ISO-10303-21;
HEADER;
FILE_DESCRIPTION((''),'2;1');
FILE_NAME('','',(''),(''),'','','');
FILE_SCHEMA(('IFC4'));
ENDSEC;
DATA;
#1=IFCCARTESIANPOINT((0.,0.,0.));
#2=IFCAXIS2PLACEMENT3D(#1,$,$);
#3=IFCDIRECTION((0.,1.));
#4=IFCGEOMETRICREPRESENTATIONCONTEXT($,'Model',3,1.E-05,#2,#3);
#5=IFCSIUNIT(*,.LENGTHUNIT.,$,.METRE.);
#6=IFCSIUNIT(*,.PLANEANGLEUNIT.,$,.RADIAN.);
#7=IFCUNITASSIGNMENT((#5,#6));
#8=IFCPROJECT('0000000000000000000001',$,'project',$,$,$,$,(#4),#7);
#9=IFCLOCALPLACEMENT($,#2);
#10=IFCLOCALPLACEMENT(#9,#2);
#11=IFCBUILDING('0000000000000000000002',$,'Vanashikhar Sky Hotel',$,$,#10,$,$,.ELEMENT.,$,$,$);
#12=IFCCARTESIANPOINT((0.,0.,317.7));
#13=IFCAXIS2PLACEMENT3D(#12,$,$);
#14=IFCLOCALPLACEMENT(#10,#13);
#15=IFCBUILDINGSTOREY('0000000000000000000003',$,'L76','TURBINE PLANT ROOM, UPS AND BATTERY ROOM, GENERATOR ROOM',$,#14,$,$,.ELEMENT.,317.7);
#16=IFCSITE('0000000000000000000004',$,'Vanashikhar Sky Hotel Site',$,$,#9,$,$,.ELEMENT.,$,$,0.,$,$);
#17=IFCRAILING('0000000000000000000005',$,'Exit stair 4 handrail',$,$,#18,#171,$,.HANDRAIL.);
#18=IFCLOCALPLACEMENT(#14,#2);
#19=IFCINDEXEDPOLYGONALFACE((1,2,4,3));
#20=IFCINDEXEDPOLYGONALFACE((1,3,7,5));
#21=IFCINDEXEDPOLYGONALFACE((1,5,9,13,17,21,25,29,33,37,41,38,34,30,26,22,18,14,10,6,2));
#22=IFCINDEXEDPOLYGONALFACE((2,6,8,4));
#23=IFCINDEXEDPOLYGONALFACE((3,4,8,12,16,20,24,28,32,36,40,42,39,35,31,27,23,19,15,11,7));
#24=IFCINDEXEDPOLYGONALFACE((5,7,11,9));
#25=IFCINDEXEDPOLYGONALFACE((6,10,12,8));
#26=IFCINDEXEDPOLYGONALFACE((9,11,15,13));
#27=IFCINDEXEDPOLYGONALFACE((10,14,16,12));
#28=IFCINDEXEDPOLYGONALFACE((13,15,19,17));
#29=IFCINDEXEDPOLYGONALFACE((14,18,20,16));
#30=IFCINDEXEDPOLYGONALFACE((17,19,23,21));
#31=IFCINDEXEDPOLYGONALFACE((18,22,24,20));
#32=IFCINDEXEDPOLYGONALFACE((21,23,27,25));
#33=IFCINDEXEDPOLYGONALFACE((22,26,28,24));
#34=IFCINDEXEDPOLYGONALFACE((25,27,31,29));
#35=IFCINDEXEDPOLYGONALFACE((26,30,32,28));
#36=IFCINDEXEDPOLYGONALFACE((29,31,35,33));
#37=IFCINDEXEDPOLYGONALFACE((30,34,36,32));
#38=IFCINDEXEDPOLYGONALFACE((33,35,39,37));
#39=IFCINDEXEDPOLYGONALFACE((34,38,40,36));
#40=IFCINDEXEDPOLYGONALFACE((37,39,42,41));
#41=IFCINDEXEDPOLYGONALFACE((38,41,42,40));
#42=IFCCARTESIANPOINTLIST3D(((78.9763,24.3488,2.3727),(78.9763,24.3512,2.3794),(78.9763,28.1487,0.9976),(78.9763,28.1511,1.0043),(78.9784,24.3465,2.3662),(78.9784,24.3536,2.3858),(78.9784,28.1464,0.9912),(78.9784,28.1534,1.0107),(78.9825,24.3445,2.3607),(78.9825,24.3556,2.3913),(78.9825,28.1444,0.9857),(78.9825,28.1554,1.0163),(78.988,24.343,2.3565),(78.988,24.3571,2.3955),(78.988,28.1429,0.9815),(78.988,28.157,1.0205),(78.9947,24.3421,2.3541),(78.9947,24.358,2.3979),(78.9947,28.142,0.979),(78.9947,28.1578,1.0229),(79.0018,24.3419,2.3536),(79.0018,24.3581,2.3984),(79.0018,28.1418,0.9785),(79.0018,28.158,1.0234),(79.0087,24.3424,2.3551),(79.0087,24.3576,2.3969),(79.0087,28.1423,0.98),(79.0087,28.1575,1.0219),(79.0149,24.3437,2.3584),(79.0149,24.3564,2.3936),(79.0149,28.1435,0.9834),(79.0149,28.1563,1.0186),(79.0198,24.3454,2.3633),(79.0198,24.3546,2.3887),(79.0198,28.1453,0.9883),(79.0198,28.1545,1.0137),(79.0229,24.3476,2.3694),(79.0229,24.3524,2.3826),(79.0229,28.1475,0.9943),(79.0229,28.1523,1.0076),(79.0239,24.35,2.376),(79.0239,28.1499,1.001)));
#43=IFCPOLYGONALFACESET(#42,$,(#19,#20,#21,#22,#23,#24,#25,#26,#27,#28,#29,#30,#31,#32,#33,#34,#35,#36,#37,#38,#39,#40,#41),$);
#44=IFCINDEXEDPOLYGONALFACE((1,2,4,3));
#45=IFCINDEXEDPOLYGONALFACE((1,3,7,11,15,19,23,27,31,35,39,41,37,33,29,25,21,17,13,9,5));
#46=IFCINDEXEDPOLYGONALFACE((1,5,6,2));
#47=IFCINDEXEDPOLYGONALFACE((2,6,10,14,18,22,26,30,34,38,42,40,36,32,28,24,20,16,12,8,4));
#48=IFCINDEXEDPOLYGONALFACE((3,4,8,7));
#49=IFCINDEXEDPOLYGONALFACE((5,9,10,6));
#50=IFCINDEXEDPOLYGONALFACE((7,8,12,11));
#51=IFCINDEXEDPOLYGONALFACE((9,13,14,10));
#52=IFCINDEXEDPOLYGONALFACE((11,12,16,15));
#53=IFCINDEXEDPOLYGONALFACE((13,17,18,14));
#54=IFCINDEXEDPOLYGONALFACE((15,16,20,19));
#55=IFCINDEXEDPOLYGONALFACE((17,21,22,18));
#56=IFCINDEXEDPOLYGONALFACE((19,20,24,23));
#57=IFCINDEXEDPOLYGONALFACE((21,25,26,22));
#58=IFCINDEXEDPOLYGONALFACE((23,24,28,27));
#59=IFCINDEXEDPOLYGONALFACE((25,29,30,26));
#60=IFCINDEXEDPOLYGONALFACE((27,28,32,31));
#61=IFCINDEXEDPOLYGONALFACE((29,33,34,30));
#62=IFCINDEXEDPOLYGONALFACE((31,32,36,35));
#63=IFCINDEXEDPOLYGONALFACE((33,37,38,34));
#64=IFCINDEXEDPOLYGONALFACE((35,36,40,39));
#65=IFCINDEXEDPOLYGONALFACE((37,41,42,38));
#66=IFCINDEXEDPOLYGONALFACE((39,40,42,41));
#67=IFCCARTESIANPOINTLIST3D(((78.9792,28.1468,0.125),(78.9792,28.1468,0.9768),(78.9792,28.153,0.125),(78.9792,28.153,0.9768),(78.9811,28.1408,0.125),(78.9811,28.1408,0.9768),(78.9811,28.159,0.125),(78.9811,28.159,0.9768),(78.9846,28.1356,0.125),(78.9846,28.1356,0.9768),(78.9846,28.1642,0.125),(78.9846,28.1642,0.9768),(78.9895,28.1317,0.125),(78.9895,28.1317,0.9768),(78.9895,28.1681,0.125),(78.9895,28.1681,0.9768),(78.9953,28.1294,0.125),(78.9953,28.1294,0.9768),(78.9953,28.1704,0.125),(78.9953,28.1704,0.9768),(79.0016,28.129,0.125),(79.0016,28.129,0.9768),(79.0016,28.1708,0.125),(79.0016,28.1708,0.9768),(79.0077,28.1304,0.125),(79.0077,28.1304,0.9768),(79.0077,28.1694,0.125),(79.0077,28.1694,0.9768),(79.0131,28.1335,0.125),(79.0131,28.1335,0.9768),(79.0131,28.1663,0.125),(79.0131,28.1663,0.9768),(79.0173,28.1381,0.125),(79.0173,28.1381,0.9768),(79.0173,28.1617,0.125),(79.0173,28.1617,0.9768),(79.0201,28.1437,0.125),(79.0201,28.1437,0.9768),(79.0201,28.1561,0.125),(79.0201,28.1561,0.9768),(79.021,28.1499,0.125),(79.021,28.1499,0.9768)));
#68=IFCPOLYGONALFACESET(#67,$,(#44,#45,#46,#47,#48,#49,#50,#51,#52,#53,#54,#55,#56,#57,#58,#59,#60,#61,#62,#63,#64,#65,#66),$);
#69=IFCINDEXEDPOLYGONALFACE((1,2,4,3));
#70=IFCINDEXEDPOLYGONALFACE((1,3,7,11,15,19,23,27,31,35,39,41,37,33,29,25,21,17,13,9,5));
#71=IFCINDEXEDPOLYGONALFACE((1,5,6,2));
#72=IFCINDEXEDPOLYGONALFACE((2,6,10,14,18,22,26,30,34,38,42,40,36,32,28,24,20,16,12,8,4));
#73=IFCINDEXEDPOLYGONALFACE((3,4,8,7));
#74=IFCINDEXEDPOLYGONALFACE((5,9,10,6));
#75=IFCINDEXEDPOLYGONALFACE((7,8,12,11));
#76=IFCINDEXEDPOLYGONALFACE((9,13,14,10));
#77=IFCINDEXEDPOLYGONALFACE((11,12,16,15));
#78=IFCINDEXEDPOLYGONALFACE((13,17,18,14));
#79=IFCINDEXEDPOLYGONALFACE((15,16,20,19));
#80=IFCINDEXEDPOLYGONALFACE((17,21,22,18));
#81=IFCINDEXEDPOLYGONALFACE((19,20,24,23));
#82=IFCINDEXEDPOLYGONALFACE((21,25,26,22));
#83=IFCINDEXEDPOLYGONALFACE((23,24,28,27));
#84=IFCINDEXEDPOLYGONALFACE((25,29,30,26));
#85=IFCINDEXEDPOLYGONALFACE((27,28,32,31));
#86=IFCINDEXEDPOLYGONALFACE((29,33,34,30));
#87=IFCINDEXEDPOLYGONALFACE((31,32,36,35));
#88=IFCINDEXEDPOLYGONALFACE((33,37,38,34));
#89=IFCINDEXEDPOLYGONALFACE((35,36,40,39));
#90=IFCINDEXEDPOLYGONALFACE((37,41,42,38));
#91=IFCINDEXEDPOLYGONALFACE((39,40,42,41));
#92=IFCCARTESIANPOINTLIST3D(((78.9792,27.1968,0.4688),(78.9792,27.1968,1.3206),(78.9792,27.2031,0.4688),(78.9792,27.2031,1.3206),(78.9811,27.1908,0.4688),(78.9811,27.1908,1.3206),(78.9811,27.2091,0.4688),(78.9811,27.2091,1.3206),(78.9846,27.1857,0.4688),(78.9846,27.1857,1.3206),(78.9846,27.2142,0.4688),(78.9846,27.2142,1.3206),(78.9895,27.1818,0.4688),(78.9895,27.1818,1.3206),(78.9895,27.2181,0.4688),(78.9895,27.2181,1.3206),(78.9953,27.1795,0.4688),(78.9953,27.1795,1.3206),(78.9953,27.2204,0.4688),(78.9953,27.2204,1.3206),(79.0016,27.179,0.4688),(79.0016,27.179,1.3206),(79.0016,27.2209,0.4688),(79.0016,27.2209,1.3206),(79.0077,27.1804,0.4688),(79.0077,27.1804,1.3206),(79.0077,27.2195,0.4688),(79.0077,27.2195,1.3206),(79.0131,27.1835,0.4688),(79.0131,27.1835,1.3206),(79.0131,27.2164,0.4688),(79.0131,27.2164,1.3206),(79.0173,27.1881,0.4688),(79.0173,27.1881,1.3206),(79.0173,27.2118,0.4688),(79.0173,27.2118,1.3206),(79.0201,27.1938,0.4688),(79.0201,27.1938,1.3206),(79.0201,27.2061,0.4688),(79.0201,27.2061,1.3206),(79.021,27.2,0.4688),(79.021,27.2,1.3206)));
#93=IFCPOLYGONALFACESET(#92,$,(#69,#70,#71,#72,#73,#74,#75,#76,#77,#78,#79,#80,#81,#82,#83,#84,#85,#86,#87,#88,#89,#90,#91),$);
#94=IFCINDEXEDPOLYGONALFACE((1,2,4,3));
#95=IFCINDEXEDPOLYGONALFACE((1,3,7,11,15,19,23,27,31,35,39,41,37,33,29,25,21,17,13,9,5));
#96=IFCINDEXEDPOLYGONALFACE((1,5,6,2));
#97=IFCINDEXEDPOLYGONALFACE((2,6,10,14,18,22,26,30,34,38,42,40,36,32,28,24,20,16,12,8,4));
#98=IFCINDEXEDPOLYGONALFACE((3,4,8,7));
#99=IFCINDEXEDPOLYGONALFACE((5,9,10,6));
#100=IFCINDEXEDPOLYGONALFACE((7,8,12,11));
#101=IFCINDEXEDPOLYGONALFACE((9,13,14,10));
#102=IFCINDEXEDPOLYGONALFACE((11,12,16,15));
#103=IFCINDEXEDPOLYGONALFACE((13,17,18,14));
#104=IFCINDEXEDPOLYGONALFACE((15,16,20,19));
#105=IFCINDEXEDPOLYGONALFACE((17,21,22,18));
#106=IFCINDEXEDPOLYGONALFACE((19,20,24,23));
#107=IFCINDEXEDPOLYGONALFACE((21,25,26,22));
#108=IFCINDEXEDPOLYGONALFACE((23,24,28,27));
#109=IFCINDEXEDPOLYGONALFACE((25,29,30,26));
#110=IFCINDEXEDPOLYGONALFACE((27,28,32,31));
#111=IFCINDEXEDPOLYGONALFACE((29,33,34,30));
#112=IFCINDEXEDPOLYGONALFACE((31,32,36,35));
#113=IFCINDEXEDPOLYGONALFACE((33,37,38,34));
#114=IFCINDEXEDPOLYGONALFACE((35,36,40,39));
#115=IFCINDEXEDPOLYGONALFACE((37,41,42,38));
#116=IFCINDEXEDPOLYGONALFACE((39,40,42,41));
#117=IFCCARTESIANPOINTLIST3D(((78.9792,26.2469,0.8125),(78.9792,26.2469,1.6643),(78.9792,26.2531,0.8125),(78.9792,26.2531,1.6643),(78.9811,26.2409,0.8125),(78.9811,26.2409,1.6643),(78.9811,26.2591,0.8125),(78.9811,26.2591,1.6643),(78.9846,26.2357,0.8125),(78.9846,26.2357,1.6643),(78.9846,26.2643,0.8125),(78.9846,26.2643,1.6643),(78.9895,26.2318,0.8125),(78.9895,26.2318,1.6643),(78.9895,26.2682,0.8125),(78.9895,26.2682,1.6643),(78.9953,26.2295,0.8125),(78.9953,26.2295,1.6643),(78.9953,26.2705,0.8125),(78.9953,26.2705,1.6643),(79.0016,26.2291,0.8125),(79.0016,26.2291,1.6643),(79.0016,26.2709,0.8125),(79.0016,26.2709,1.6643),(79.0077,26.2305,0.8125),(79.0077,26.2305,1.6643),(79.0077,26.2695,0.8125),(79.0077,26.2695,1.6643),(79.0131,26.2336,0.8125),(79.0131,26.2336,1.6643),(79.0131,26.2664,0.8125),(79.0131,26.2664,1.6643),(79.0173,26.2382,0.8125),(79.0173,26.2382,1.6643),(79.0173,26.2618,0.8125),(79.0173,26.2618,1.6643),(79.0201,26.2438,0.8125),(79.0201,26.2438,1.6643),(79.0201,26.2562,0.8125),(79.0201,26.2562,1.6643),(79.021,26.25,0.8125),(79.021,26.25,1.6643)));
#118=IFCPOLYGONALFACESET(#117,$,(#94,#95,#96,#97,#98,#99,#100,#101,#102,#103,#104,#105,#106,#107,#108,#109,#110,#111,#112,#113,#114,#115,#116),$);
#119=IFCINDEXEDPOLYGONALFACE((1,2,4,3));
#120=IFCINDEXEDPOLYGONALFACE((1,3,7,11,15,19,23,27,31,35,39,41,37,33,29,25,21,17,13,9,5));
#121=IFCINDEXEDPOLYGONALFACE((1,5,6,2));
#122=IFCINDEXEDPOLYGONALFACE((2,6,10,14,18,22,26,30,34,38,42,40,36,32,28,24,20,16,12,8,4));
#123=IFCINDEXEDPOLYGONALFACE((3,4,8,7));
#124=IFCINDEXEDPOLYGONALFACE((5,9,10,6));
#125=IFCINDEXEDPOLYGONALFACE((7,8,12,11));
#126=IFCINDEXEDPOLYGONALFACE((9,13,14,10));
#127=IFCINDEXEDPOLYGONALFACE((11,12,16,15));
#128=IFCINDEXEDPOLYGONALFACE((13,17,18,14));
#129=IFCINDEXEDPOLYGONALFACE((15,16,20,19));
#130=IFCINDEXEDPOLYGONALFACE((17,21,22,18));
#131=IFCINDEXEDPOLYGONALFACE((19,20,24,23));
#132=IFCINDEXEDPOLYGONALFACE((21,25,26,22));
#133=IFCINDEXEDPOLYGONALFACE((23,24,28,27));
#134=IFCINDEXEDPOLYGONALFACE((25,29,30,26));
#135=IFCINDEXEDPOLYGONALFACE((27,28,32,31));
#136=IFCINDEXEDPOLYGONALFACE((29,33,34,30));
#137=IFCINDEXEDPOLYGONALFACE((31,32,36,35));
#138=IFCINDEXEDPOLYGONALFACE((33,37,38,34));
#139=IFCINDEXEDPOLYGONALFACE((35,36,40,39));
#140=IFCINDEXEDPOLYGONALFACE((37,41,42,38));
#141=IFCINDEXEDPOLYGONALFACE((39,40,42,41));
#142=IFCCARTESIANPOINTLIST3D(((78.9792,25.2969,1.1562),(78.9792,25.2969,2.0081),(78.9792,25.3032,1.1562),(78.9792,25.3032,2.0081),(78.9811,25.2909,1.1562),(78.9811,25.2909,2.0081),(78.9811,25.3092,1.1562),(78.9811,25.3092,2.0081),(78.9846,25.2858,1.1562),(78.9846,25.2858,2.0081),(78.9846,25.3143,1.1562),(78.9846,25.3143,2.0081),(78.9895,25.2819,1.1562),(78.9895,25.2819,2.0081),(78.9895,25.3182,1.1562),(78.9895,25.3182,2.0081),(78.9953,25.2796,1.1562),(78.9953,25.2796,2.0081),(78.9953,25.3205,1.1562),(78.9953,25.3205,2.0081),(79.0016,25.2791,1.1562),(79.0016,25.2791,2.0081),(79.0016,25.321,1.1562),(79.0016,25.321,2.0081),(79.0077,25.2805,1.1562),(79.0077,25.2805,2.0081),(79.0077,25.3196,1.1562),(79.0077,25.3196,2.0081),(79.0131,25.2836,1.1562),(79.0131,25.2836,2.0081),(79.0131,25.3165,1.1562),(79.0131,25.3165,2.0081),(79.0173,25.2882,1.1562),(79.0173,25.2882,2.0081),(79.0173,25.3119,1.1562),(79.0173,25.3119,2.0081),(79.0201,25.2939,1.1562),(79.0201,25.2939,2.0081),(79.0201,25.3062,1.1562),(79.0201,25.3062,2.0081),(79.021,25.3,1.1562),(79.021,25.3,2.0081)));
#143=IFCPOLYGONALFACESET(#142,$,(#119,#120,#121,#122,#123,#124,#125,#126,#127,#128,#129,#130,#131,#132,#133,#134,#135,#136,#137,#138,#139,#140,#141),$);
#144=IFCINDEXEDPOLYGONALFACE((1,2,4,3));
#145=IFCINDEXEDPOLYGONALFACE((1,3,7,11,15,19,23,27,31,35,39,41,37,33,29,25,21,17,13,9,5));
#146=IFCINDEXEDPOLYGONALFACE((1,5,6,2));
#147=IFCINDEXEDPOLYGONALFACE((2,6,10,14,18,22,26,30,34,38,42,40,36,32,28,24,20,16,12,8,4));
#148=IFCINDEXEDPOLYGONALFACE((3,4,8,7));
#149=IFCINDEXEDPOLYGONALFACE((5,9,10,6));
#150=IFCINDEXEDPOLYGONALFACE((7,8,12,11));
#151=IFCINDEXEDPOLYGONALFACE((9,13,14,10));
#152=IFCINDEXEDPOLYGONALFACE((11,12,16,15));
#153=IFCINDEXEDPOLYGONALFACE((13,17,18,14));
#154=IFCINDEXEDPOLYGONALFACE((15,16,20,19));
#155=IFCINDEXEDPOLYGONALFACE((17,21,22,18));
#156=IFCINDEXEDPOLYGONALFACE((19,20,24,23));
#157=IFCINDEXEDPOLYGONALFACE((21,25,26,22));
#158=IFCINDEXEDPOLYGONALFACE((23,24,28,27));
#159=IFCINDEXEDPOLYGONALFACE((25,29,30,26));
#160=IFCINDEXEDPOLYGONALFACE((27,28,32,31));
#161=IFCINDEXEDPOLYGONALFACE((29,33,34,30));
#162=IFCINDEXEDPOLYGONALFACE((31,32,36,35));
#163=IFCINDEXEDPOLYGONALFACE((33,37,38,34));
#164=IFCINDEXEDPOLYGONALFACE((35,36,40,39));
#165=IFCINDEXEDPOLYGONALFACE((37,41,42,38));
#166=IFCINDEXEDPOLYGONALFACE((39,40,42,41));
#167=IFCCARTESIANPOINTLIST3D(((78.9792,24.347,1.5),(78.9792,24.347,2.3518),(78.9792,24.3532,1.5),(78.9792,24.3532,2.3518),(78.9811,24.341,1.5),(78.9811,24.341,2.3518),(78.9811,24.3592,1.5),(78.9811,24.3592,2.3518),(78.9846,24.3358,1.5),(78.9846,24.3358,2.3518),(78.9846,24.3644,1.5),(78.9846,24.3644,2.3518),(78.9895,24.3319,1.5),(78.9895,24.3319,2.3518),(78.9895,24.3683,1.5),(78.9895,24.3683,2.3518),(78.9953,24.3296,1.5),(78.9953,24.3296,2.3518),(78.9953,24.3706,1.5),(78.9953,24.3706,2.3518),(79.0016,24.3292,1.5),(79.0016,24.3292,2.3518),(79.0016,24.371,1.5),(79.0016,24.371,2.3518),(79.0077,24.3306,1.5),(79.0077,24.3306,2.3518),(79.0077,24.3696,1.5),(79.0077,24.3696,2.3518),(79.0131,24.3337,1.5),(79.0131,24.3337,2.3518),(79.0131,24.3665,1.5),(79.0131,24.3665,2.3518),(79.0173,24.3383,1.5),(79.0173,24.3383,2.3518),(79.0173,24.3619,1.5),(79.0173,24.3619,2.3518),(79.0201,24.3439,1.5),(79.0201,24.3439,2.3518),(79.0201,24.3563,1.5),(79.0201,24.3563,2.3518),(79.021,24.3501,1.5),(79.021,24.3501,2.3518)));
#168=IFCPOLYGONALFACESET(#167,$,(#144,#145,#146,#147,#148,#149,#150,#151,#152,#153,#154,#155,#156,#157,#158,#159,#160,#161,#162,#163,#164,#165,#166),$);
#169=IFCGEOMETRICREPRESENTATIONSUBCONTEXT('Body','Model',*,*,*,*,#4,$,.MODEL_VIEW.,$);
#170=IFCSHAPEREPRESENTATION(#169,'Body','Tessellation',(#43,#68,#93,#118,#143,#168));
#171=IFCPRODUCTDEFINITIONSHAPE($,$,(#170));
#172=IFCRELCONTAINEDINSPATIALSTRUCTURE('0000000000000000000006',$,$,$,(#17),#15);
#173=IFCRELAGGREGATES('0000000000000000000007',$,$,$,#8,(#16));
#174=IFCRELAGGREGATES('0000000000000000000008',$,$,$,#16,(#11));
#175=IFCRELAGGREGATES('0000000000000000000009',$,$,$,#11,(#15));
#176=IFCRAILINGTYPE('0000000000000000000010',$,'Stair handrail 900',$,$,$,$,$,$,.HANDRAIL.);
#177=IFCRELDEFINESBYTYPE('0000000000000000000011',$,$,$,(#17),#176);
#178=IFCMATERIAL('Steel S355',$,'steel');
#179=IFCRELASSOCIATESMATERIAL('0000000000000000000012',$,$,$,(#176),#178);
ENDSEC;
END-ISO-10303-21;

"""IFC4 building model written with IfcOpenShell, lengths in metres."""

from ifc_helpers import new_model, si_unit, direction, frame, origin, origin_2d, place, context, subcontext, project, spatial, circle, extrude, source, transform, mapped, material, type_object, element, save


model = new_model("IFC4")

# Units and contexts
model_context = context("Model", 3, precision=1e-05, world=origin(), true_north=direction((0.0, 1.0)))
body_context = subcontext(model_context, "Body", "Model", "MODEL_VIEW")
ifc_project = project(units=[si_unit("LENGTHUNIT", "METRE"), si_unit("PLANEANGLEUNIT", "RADIAN")], contexts=[model_context])

# Site, building, storey
site_placement = place(None, origin())
site = spatial("IfcSite", under=ifc_project, at=site_placement, Name="Vanashikhar Sky Hotel Site", CompositionType="ELEMENT", RefElevation=0.0)
building_placement = place(site_placement, origin())
building = spatial("IfcBuilding", under=site, at=building_placement, Name="Vanashikhar Sky Hotel", CompositionType="ELEMENT")
storey_placement = place(building_placement, frame((0.0, 0.0, 317.7)))
storey = spatial("IfcBuildingStorey", under=building, at=storey_placement, Name="L76", Description="TURBINE PLANT ROOM, UPS AND BATTERY ROOM, GENERATOR ROOM", CompositionType="ELEMENT", Elevation=317.7)

# Railing
ifc_material_1 = material(Name="Steel S355", Category="steel")
railing_type_1 = type_object("IfcRailingType", Name="Stair handrail 900", PredefinedType="HANDRAIL", material=ifc_material_1)
shared_shape_1 = source(origin(), body_context, "Body", "SweptSolid", [
    extrude(circle(Radius=0.0239, at=origin_2d()), frame((0.0, 0.0, 0.876), z_axis=(0.0, -0.940329, 0.340268), x_axis=(1.0, 0.0, 0.0)), (0.0, 0.0, 1.0), 4.041),
    extrude(circle(Radius=0.021, at=origin_2d()), origin(), (0.0, 0.0, 1.0), 0.8518),
    extrude(circle(Radius=0.021, at=origin_2d()), frame((0.0, -0.95, 0.3438)), (0.0, 0.0, 1.0), 0.8518),
    extrude(circle(Radius=0.021, at=origin_2d()), frame((0.0, -1.8999, 0.6875)), (0.0, 0.0, 1.0), 0.8518),
    extrude(circle(Radius=0.021, at=origin_2d()), frame((0.0, -2.8499, 1.0312)), (0.0, 0.0, 1.0), 0.8518),
    extrude(circle(Radius=0.021, at=origin_2d()), frame((0.0, -3.7998, 1.375)), (0.0, 0.0, 1.0), 0.8518),
])
for number, where, name in (
    (1, (79.0, 28.1499, 0.125), "Exit stair 4 handrail"),
):
    element("IfcRailing", number, at=place(storey_placement, frame(where)), inside=storey, type_object=railing_type_1, Name=name, PredefinedType="HANDRAIL", context=body_context, shape_type="MappedRepresentation", body=[
        mapped(shared_shape_1, transform((0.0, 0.0, 0.0), scale=1.0)),
    ])

save(model, "model.ifc")
